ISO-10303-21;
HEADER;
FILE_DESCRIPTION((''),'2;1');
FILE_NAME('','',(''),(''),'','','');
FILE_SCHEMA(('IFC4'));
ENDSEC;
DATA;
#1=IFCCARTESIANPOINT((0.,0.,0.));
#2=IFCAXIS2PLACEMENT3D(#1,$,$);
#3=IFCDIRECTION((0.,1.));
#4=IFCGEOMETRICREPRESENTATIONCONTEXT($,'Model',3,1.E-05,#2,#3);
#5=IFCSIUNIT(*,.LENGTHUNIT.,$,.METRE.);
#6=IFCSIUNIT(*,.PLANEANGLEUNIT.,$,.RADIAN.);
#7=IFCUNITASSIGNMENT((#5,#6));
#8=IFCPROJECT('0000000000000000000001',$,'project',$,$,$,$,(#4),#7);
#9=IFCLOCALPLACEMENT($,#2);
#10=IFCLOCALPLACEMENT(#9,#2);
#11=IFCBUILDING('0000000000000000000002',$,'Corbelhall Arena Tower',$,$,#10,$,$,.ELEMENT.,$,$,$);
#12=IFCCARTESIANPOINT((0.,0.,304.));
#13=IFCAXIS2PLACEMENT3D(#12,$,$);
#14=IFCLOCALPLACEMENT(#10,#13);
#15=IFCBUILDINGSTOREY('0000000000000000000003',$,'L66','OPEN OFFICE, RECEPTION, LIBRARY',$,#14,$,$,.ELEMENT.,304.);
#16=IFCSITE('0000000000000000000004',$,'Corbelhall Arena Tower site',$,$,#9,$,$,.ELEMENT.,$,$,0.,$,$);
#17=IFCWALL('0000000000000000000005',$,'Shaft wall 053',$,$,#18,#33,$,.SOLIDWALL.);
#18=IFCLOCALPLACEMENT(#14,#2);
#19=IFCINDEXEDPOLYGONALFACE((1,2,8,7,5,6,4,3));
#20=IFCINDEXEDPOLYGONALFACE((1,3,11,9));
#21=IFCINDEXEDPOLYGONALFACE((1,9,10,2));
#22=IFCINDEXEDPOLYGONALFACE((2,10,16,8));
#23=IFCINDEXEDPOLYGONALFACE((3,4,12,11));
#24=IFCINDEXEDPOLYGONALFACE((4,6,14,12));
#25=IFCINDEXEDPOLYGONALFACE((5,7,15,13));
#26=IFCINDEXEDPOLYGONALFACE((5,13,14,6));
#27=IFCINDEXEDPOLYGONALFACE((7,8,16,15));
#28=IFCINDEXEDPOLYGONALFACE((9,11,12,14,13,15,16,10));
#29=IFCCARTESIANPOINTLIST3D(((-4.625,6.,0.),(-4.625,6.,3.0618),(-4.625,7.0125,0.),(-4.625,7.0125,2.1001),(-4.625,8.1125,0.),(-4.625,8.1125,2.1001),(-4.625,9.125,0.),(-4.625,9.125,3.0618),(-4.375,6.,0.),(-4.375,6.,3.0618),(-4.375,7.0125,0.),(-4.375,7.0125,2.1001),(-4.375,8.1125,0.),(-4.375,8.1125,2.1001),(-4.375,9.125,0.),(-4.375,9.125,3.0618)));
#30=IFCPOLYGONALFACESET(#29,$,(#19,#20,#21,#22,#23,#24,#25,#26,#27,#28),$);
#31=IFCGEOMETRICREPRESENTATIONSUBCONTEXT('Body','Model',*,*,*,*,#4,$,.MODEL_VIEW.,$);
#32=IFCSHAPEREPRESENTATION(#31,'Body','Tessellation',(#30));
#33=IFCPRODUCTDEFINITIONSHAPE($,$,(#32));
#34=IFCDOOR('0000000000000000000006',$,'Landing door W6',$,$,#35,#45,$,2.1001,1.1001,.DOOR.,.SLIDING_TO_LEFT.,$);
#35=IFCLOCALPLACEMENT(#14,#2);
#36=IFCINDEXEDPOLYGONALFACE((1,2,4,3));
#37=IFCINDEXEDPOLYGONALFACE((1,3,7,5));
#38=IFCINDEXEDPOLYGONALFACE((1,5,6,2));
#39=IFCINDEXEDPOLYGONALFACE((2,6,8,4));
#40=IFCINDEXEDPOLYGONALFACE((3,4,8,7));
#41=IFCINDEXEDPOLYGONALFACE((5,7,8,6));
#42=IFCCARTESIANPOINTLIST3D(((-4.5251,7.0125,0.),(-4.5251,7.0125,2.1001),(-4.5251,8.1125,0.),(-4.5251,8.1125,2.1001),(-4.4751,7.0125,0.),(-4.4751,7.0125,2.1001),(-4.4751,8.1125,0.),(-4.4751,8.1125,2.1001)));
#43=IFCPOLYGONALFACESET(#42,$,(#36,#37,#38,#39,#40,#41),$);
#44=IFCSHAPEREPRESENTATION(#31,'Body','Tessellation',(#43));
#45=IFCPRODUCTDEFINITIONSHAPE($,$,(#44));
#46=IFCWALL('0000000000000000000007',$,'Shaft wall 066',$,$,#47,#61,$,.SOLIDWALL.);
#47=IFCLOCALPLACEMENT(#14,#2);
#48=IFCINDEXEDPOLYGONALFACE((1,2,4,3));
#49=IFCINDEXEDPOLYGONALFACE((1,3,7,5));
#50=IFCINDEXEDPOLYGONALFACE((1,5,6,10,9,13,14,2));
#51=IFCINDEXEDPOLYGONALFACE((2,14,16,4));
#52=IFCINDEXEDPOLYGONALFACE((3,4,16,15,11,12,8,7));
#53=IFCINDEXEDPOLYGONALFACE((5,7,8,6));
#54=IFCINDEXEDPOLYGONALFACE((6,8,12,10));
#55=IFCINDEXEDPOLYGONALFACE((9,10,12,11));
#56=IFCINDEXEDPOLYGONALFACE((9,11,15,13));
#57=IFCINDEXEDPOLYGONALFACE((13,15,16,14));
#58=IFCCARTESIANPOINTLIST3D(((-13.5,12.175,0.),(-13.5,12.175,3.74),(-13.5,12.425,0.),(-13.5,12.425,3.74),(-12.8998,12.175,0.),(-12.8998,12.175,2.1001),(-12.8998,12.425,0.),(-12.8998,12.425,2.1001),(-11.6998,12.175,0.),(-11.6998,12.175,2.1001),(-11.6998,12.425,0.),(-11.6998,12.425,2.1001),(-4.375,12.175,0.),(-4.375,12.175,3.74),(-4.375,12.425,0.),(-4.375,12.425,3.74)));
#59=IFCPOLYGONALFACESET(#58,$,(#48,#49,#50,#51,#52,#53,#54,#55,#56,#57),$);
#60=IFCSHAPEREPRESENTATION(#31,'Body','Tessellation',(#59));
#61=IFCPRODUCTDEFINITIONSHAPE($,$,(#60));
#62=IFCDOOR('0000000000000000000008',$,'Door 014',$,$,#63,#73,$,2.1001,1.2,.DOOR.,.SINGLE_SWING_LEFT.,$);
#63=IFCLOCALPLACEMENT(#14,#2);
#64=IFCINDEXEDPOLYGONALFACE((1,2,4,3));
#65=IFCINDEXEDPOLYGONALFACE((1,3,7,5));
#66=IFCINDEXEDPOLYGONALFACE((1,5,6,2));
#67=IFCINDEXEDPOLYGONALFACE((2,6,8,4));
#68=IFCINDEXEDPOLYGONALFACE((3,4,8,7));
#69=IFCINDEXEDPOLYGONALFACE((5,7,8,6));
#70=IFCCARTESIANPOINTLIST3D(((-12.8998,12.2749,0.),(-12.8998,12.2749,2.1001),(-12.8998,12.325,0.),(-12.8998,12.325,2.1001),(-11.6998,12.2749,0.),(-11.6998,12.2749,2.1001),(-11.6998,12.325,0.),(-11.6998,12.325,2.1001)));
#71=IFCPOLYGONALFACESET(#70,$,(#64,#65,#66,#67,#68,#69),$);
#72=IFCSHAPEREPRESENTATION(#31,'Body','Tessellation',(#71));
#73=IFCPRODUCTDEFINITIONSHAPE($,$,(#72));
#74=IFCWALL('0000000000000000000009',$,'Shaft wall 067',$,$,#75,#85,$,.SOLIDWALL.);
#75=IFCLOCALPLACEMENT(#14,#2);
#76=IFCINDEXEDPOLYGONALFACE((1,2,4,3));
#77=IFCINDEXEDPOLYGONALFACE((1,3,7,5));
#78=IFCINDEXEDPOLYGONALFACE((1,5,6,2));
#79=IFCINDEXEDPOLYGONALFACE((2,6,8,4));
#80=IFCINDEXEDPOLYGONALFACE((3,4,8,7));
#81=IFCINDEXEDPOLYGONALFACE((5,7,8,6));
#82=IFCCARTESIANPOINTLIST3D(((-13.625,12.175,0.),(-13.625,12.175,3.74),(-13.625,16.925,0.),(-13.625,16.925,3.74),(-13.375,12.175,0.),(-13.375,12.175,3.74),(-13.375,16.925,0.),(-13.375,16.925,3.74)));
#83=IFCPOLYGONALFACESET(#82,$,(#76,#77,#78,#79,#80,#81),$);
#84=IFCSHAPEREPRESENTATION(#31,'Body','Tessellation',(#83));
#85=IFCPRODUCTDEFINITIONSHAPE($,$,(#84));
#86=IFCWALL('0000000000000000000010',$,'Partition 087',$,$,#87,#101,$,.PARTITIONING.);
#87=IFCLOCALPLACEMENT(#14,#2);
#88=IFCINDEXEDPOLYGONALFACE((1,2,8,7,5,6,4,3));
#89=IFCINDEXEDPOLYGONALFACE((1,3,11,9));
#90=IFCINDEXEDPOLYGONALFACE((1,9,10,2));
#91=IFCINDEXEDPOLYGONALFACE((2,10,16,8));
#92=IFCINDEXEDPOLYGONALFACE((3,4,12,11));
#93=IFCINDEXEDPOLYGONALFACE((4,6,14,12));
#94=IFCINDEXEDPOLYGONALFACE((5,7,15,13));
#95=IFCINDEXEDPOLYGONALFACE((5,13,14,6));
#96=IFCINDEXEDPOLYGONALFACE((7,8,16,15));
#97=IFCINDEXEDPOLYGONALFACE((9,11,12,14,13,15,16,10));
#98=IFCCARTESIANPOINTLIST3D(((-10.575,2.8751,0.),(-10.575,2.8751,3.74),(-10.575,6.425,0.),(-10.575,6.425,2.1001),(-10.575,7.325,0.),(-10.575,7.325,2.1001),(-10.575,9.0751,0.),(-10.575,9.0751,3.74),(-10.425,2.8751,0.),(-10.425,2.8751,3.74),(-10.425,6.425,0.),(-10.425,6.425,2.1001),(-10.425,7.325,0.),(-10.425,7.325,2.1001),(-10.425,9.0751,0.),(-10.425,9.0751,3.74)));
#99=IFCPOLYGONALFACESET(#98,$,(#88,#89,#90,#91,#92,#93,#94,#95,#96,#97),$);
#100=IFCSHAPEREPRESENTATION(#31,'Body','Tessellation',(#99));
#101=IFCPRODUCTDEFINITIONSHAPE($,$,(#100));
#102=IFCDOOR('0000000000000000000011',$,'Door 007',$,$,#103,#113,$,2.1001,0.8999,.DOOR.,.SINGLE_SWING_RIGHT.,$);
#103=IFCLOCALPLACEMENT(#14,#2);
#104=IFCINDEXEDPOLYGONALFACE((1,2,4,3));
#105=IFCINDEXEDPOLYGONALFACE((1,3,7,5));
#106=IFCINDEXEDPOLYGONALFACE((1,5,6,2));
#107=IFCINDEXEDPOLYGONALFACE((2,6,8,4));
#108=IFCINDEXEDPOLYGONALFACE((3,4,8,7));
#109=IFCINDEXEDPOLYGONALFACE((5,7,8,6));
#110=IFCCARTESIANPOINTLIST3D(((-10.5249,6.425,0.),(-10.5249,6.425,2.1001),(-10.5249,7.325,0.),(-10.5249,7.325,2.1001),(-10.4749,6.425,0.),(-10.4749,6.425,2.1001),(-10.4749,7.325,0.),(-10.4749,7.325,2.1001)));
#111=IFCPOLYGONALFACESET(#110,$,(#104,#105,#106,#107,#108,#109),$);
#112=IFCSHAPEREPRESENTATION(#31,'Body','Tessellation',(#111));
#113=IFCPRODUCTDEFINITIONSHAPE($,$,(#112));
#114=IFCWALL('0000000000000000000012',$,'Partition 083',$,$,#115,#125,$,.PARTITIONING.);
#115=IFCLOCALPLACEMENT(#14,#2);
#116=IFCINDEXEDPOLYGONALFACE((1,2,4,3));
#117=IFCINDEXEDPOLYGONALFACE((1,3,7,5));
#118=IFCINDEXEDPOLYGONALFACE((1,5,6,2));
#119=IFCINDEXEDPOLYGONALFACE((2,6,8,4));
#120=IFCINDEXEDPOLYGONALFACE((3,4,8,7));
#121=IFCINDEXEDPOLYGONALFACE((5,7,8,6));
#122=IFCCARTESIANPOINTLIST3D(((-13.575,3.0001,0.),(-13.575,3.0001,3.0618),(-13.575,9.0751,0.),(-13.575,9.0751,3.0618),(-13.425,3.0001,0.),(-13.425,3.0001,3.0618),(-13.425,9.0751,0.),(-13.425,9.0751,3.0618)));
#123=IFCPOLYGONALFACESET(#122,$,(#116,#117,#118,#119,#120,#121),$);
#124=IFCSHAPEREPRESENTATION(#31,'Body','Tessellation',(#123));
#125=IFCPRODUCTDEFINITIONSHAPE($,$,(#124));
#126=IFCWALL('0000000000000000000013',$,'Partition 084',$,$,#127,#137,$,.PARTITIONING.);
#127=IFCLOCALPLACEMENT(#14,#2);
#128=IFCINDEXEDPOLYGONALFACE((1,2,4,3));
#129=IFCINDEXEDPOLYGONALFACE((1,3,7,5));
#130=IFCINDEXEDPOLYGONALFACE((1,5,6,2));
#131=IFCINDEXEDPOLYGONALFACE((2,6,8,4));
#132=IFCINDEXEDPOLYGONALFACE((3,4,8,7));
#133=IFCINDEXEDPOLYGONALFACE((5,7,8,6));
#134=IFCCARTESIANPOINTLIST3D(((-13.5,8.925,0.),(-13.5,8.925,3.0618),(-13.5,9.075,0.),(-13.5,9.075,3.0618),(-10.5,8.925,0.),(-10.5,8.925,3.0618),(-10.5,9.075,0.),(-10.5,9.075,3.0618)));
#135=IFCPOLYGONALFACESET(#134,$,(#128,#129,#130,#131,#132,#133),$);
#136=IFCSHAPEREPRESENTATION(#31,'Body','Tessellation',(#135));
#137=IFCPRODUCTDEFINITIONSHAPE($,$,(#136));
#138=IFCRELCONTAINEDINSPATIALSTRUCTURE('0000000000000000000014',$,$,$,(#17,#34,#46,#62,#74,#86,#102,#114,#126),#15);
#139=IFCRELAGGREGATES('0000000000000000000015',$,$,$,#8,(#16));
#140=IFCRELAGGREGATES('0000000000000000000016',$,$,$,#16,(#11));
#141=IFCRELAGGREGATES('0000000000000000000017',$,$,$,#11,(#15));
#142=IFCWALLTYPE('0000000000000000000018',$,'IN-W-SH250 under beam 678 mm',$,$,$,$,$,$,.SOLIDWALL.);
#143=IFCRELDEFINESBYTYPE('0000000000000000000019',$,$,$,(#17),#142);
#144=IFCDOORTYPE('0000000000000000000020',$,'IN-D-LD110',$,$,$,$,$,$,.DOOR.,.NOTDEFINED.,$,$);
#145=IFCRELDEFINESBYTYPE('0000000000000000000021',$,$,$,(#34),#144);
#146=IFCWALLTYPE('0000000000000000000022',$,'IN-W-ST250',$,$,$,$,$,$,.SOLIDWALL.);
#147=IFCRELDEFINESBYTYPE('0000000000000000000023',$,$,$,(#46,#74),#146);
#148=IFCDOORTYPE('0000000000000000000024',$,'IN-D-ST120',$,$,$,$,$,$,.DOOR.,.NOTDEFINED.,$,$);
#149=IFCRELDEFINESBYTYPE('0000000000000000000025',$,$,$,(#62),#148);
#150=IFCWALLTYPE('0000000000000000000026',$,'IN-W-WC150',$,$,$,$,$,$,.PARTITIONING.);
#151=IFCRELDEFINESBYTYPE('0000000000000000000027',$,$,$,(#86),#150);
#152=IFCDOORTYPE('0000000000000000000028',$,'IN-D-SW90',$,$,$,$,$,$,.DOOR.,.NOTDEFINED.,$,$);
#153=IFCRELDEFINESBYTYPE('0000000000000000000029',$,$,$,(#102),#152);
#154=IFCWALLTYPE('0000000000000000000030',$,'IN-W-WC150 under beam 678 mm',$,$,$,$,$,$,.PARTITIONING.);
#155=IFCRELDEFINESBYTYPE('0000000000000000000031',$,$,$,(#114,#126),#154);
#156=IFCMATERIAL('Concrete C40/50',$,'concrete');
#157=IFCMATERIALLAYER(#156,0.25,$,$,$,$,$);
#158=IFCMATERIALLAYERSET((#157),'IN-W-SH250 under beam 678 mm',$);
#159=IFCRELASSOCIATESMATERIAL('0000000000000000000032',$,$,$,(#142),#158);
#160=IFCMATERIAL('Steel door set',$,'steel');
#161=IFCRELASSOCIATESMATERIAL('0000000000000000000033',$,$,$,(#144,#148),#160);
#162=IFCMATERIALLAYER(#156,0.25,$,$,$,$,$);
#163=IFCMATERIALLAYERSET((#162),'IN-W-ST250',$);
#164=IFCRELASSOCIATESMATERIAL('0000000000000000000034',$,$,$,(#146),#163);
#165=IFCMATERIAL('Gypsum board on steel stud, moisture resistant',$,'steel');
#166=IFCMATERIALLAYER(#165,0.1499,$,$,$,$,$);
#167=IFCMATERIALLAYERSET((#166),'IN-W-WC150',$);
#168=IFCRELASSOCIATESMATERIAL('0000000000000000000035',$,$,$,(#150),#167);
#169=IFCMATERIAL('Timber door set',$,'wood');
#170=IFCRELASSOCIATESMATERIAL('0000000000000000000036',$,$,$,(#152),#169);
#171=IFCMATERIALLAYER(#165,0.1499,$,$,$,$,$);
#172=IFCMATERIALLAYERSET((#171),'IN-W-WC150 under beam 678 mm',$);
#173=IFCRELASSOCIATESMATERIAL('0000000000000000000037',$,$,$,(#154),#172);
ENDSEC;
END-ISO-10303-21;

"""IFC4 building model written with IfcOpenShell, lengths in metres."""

from ifc_helpers import new_model, si_unit, direction, frame, frame_2d, origin, place, context, subcontext, project, spatial, rectangle, extrude, material, layer, layer_set, type_object, element, fill, save


model = new_model("IFC4")

# Units and contexts
model_context = context("Model", 3, precision=1e-05, world=origin(), true_north=direction((0.0, 1.0)))
body_context = subcontext(model_context, "Body", "Model", "MODEL_VIEW")
ifc_project = project(units=[si_unit("LENGTHUNIT", "METRE"), si_unit("PLANEANGLEUNIT", "RADIAN")], contexts=[model_context])

# Site, building, storey
site_placement = place(None, origin())
site = spatial("IfcSite", under=ifc_project, at=site_placement, Name="Corbelhall Arena Tower site", CompositionType="ELEMENT", RefElevation=0.0)
building_placement = place(site_placement, origin())
building = spatial("IfcBuilding", under=site, at=building_placement, Name="Corbelhall Arena Tower", CompositionType="ELEMENT")
storey_placement = place(building_placement, frame((0.0, 0.0, 304.0)))
storey = spatial("IfcBuildingStorey", under=building, at=storey_placement, Name="L66", Description="OPEN OFFICE, RECEPTION, LIBRARY", CompositionType="ELEMENT", Elevation=304.0)

# Shared definitions
ifc_material_1 = material(Name="Steel door set", Category="steel")

# Shared definitions
ifc_material_2 = material(Name="Concrete C40/50", Category="concrete")

# Shared definitions
ifc_layer_1 = layer(ifc_material_2, 0.25)
ifc_layer_set_1 = layer_set([ifc_layer_1], Name="IN-W-SH250 under beam 678 mm")
wall_type_1 = type_object("IfcWallType", Name="IN-W-SH250 under beam 678 mm", PredefinedType="SOLIDWALL", material=ifc_layer_set_1)

# Walls, openings, doors
wall_1_placement = place(storey_placement, frame((-4.5, 9.125, 0.0), z_axis=(0.0, 0.0, 1.0), x_axis=(0.0, -1.0, 0.0)))
wall_1 = element("IfcWall", 1, at=wall_1_placement, inside=storey, type_object=wall_type_1, Name="Shaft wall 053", PredefinedType="SOLIDWALL", context=body_context, shape_type="SweptSolid", body=[
    extrude(rectangle(XDim=3.125, YDim=0.25, at=frame_2d((1.5625, 0.0))), origin(), (0.0, 0.0, 1.0), 3.0618),
])
opening_1_placement = place(wall_1_placement, frame((1.0125, 0.0, 0.0)))
opening_1 = element("IfcOpeningElement", 2, at=opening_1_placement, cuts=wall_1, PredefinedType="OPENING", context=body_context, shape_type="SweptSolid", body=[
    extrude(rectangle(XDim=1.1001, YDim=2.1001, at=frame_2d((0.55, 1.05))), frame((0.0, 0.125, 0.0), z_axis=(0.0, -1.0, 0.0), x_axis=(1.0, 0.0, 0.0)), (0.0, 0.0, 1.0), 0.25),
])
door_type_1 = type_object("IfcDoorType", Name="IN-D-LD110", OperationType="NOTDEFINED", PredefinedType="DOOR", material=ifc_material_1)
door_1_placement = place(opening_1_placement, origin())
door_1 = element("IfcDoor", 3, at=door_1_placement, inside=storey, type_object=door_type_1, Name="Landing door W6", OperationType="SLIDING_TO_LEFT", OverallHeight=2.1001, OverallWidth=1.1001, PredefinedType="DOOR", context=body_context, shape_type="SweptSolid", body=[
    extrude(rectangle(XDim=1.1001, YDim=2.1001, at=frame_2d((0.55, 1.05))), frame((0.0, 0.0249, 0.0), z_axis=(0.0, -1.0, 0.0), x_axis=(1.0, 0.0, 0.0)), (0.0, 0.0, 1.0), 0.05),
])
fill(opening_1, door_1)
ifc_layer_2 = layer(ifc_material_2, 0.25)
ifc_layer_set_2 = layer_set([ifc_layer_2], Name="IN-W-ST250")
wall_type_2 = type_object("IfcWallType", Name="IN-W-ST250", PredefinedType="SOLIDWALL", material=ifc_layer_set_2)
wall_2_placement = place(storey_placement, frame((-13.5, 12.3, 0.0), z_axis=(0.0, 0.0, 1.0), x_axis=(1.0, 0.0, 0.0)))
wall_2 = element("IfcWall", 4, at=wall_2_placement, inside=storey, type_object=wall_type_2, Name="Shaft wall 066", PredefinedType="SOLIDWALL", context=body_context, shape_type="SweptSolid", body=[
    extrude(rectangle(XDim=9.125, YDim=0.25, at=frame_2d((4.5625, 0.0))), origin(), (0.0, 0.0, 1.0), 3.74),
])
opening_2_placement = place(wall_2_placement, frame((0.6001, 0.0, 0.0)))
opening_2 = element("IfcOpeningElement", 5, at=opening_2_placement, cuts=wall_2, PredefinedType="OPENING", context=body_context, shape_type="SweptSolid", body=[
    extrude(rectangle(XDim=1.2, YDim=2.1001, at=frame_2d((0.6001, 1.05))), frame((0.0, 0.125, 0.0), z_axis=(0.0, -1.0, 0.0), x_axis=(1.0, 0.0, 0.0)), (0.0, 0.0, 1.0), 0.25),
])
door_type_2 = type_object("IfcDoorType", Name="IN-D-ST120", OperationType="NOTDEFINED", PredefinedType="DOOR", material=ifc_material_1)
door_2_placement = place(opening_2_placement, origin())
door_2 = element("IfcDoor", 6, at=door_2_placement, inside=storey, type_object=door_type_2, Name="Door 014", OperationType="SINGLE_SWING_LEFT", OverallHeight=2.1001, OverallWidth=1.2, PredefinedType="DOOR", context=body_context, shape_type="SweptSolid", body=[
    extrude(rectangle(XDim=1.2, YDim=2.1001, at=frame_2d((0.6001, 1.05))), frame((0.0, 0.0249, 0.0), z_axis=(0.0, -1.0, 0.0), x_axis=(1.0, 0.0, 0.0)), (0.0, 0.0, 1.0), 0.05),
])
fill(opening_2, door_2)

# Wall
wall_3_placement = place(storey_placement, frame((-13.5, 12.175, 0.0), z_axis=(0.0, 0.0, 1.0), x_axis=(0.0, 1.0, 0.0)))
element("IfcWall", 7, at=wall_3_placement, inside=storey, type_object=wall_type_2, Name="Shaft wall 067", PredefinedType="SOLIDWALL", context=body_context, shape_type="SweptSolid", body=[
    extrude(rectangle(XDim=4.75, YDim=0.25, at=frame_2d((2.375, 0.0))), origin(), (0.0, 0.0, 1.0), 3.74),
])

# Wall, opening, door
ifc_material_3 = material(Name="Gypsum board on steel stud, moisture resistant", Category="steel")
ifc_layer_3 = layer(ifc_material_3, 0.1499)
ifc_layer_set_3 = layer_set([ifc_layer_3], Name="IN-W-WC150")
wall_type_3 = type_object("IfcWallType", Name="IN-W-WC150", PredefinedType="PARTITIONING", material=ifc_layer_set_3)
wall_4_placement = place(storey_placement, frame((-10.5, 2.875, 0.0), z_axis=(0.0, 0.0, 1.0), x_axis=(0.0, 1.0, 0.0)))
wall_4 = element("IfcWall", 8, at=wall_4_placement, inside=storey, type_object=wall_type_3, Name="Partition 087", PredefinedType="PARTITIONING", context=body_context, shape_type="SweptSolid", body=[
    extrude(rectangle(XDim=6.2, YDim=0.1499, at=frame_2d((3.1001, 0.0))), origin(), (0.0, 0.0, 1.0), 3.74),
])
opening_3_placement = place(wall_4_placement, frame((3.55, 0.0, 0.0)))
opening_3 = element("IfcOpeningElement", 9, at=opening_3_placement, cuts=wall_4, PredefinedType="OPENING", context=body_context, shape_type="SweptSolid", body=[
    extrude(rectangle(XDim=0.8999, YDim=2.1001, at=frame_2d((0.45, 1.05))), frame((0.0, 0.075, 0.0), z_axis=(0.0, -1.0, 0.0), x_axis=(1.0, 0.0, 0.0)), (0.0, 0.0, 1.0), 0.1499),
])
ifc_material_4 = material(Name="Timber door set", Category="wood")
door_type_3 = type_object("IfcDoorType", Name="IN-D-SW90", OperationType="NOTDEFINED", PredefinedType="DOOR", material=ifc_material_4)
door_3_placement = place(opening_3_placement, origin())
door_3 = element("IfcDoor", 10, at=door_3_placement, inside=storey, type_object=door_type_3, Name="Door 007", OperationType="SINGLE_SWING_RIGHT", OverallHeight=2.1001, OverallWidth=0.8999, PredefinedType="DOOR", context=body_context, shape_type="SweptSolid", body=[
    extrude(rectangle(XDim=0.8999, YDim=2.1001, at=frame_2d((0.45, 1.05))), frame((0.0, 0.0249, 0.0), z_axis=(0.0, -1.0, 0.0), x_axis=(1.0, 0.0, 0.0)), (0.0, 0.0, 1.0), 0.05),
])
fill(opening_3, door_3)

# Walls
ifc_layer_4 = layer(ifc_material_3, 0.1499)
ifc_layer_set_4 = layer_set([ifc_layer_4], Name="IN-W-WC150 under beam 678 mm")
wall_type_4 = type_object("IfcWallType", Name="IN-W-WC150 under beam 678 mm", PredefinedType="PARTITIONING", material=ifc_layer_set_4)
wall_5_placement = place(storey_placement, frame((-13.5, 3.0, 0.0), z_axis=(0.0, 0.0, 1.0), x_axis=(0.0, 1.0, 0.0)))
element("IfcWall", 11, at=wall_5_placement, inside=storey, type_object=wall_type_4, Name="Partition 083", PredefinedType="PARTITIONING", context=body_context, shape_type="SweptSolid", body=[
    extrude(rectangle(XDim=6.075, YDim=0.1499, at=frame_2d((3.0376, 0.0))), origin(), (0.0, 0.0, 1.0), 3.0618),
])
wall_6_placement = place(storey_placement, frame((-13.5, 9.0, 0.0), z_axis=(0.0, 0.0, 1.0), x_axis=(1.0, 0.0, 0.0)))
element("IfcWall", 12, at=wall_6_placement, inside=storey, type_object=wall_type_4, Name="Partition 084", PredefinedType="PARTITIONING", context=body_context, shape_type="SweptSolid", body=[
    extrude(rectangle(XDim=3.0, YDim=0.1499, at=frame_2d((1.5, 0.0))), origin(), (0.0, 0.0, 1.0), 3.0618),
])

save(model, "model.ifc")
